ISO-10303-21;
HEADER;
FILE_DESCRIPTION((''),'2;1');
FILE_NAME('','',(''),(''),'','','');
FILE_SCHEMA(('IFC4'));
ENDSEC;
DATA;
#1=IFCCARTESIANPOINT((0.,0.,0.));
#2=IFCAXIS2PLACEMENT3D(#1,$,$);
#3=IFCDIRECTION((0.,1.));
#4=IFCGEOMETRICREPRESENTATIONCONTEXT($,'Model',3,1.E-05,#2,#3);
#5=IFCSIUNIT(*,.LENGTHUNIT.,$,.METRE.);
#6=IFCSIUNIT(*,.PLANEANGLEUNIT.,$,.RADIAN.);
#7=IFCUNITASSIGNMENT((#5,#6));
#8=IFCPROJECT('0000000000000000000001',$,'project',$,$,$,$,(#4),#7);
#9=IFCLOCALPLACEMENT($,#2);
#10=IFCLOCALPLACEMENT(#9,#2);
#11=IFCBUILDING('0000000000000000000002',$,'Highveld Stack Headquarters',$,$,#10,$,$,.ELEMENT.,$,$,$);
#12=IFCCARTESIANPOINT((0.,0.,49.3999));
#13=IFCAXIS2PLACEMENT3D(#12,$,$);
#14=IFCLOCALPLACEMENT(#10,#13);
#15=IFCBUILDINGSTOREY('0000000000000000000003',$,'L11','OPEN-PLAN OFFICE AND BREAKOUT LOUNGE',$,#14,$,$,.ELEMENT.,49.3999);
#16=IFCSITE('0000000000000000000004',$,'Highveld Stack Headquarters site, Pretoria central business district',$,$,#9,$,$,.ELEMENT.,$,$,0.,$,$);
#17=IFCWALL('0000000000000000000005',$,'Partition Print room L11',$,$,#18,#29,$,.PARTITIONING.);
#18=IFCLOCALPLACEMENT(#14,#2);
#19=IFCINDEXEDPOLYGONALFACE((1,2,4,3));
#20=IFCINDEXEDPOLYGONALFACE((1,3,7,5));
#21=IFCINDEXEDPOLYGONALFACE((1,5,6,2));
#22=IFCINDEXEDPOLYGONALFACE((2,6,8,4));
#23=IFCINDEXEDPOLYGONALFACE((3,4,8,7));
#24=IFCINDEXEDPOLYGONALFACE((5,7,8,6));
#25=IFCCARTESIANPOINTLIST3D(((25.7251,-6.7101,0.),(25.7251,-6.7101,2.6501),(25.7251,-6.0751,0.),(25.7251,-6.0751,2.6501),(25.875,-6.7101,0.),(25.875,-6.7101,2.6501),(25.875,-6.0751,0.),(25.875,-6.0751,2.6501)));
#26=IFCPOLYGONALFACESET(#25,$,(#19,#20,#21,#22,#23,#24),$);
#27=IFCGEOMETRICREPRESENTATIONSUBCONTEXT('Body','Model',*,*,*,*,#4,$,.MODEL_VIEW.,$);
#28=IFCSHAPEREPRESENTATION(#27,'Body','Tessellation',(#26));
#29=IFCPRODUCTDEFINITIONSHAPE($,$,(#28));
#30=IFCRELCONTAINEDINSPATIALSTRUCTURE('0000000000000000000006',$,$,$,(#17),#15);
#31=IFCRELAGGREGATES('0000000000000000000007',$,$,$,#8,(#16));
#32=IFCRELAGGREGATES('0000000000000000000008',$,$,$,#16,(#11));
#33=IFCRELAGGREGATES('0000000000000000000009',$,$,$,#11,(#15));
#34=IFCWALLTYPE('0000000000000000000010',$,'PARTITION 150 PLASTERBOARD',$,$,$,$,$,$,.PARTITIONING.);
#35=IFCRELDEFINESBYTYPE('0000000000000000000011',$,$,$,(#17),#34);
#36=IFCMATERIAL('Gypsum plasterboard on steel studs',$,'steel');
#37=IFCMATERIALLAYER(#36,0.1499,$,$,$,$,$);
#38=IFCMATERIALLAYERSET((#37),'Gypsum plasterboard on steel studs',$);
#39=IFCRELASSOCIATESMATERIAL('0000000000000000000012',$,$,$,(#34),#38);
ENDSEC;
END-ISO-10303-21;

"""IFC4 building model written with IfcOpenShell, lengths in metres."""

from ifc_helpers import new_model, si_unit, direction, frame, frame_2d, origin, place, context, subcontext, project, spatial, rectangle, extrude, material, layer, layer_set, type_object, element, save


model = new_model("IFC4")

# Units and contexts
model_context = context("Model", 3, precision=1e-05, world=origin(), true_north=direction((0.0, 1.0)))
body_context = subcontext(model_context, "Body", "Model", "MODEL_VIEW")
ifc_project = project(units=[si_unit("LENGTHUNIT", "METRE"), si_unit("PLANEANGLEUNIT", "RADIAN")], contexts=[model_context])

# Site, building, storey
site_placement = place(None, origin())
site = spatial("IfcSite", under=ifc_project, at=site_placement, Name="Highveld Stack Headquarters site, Pretoria central business district", CompositionType="ELEMENT", RefElevation=0.0)
building_placement = place(site_placement, origin())
building = spatial("IfcBuilding", under=site, at=building_placement, Name="Highveld Stack Headquarters", CompositionType="ELEMENT")
storey_placement = place(building_placement, frame((0.0, 0.0, 49.3999)))
storey = spatial("IfcBuildingStorey", under=building, at=storey_placement, Name="L11", Description="OPEN-PLAN OFFICE AND BREAKOUT LOUNGE", CompositionType="ELEMENT", Elevation=49.3999)

# Shared definitions
ifc_material_1 = material(Name="Gypsum plasterboard on steel studs", Category="steel")
ifc_layer_1 = layer(ifc_material_1, 0.1499)
ifc_layer_set_1 = layer_set([ifc_layer_1], Name="Gypsum plasterboard on steel studs")
wall_type = type_object("IfcWallType", Name="PARTITION 150 PLASTERBOARD", PredefinedType="PARTITIONING", material=ifc_layer_set_1)

# Wall
wall_1_placement = place(storey_placement, frame((25.8, -6.71, 0.0), z_axis=(0.0, 0.0, 1.0), x_axis=(0.0, 1.0, 0.0)))
element("IfcWall", 1, at=wall_1_placement, inside=storey, type_object=wall_type, Name="Partition Print room L11", PredefinedType="PARTITIONING", context=body_context, shape_type="SweptSolid", body=[
    extrude(rectangle(XDim=0.635, YDim=0.1499, at=frame_2d((0.3174, 0.0))), origin(), (0.0, 0.0, 1.0), 2.6501),
])

save(model, "model.ifc")
